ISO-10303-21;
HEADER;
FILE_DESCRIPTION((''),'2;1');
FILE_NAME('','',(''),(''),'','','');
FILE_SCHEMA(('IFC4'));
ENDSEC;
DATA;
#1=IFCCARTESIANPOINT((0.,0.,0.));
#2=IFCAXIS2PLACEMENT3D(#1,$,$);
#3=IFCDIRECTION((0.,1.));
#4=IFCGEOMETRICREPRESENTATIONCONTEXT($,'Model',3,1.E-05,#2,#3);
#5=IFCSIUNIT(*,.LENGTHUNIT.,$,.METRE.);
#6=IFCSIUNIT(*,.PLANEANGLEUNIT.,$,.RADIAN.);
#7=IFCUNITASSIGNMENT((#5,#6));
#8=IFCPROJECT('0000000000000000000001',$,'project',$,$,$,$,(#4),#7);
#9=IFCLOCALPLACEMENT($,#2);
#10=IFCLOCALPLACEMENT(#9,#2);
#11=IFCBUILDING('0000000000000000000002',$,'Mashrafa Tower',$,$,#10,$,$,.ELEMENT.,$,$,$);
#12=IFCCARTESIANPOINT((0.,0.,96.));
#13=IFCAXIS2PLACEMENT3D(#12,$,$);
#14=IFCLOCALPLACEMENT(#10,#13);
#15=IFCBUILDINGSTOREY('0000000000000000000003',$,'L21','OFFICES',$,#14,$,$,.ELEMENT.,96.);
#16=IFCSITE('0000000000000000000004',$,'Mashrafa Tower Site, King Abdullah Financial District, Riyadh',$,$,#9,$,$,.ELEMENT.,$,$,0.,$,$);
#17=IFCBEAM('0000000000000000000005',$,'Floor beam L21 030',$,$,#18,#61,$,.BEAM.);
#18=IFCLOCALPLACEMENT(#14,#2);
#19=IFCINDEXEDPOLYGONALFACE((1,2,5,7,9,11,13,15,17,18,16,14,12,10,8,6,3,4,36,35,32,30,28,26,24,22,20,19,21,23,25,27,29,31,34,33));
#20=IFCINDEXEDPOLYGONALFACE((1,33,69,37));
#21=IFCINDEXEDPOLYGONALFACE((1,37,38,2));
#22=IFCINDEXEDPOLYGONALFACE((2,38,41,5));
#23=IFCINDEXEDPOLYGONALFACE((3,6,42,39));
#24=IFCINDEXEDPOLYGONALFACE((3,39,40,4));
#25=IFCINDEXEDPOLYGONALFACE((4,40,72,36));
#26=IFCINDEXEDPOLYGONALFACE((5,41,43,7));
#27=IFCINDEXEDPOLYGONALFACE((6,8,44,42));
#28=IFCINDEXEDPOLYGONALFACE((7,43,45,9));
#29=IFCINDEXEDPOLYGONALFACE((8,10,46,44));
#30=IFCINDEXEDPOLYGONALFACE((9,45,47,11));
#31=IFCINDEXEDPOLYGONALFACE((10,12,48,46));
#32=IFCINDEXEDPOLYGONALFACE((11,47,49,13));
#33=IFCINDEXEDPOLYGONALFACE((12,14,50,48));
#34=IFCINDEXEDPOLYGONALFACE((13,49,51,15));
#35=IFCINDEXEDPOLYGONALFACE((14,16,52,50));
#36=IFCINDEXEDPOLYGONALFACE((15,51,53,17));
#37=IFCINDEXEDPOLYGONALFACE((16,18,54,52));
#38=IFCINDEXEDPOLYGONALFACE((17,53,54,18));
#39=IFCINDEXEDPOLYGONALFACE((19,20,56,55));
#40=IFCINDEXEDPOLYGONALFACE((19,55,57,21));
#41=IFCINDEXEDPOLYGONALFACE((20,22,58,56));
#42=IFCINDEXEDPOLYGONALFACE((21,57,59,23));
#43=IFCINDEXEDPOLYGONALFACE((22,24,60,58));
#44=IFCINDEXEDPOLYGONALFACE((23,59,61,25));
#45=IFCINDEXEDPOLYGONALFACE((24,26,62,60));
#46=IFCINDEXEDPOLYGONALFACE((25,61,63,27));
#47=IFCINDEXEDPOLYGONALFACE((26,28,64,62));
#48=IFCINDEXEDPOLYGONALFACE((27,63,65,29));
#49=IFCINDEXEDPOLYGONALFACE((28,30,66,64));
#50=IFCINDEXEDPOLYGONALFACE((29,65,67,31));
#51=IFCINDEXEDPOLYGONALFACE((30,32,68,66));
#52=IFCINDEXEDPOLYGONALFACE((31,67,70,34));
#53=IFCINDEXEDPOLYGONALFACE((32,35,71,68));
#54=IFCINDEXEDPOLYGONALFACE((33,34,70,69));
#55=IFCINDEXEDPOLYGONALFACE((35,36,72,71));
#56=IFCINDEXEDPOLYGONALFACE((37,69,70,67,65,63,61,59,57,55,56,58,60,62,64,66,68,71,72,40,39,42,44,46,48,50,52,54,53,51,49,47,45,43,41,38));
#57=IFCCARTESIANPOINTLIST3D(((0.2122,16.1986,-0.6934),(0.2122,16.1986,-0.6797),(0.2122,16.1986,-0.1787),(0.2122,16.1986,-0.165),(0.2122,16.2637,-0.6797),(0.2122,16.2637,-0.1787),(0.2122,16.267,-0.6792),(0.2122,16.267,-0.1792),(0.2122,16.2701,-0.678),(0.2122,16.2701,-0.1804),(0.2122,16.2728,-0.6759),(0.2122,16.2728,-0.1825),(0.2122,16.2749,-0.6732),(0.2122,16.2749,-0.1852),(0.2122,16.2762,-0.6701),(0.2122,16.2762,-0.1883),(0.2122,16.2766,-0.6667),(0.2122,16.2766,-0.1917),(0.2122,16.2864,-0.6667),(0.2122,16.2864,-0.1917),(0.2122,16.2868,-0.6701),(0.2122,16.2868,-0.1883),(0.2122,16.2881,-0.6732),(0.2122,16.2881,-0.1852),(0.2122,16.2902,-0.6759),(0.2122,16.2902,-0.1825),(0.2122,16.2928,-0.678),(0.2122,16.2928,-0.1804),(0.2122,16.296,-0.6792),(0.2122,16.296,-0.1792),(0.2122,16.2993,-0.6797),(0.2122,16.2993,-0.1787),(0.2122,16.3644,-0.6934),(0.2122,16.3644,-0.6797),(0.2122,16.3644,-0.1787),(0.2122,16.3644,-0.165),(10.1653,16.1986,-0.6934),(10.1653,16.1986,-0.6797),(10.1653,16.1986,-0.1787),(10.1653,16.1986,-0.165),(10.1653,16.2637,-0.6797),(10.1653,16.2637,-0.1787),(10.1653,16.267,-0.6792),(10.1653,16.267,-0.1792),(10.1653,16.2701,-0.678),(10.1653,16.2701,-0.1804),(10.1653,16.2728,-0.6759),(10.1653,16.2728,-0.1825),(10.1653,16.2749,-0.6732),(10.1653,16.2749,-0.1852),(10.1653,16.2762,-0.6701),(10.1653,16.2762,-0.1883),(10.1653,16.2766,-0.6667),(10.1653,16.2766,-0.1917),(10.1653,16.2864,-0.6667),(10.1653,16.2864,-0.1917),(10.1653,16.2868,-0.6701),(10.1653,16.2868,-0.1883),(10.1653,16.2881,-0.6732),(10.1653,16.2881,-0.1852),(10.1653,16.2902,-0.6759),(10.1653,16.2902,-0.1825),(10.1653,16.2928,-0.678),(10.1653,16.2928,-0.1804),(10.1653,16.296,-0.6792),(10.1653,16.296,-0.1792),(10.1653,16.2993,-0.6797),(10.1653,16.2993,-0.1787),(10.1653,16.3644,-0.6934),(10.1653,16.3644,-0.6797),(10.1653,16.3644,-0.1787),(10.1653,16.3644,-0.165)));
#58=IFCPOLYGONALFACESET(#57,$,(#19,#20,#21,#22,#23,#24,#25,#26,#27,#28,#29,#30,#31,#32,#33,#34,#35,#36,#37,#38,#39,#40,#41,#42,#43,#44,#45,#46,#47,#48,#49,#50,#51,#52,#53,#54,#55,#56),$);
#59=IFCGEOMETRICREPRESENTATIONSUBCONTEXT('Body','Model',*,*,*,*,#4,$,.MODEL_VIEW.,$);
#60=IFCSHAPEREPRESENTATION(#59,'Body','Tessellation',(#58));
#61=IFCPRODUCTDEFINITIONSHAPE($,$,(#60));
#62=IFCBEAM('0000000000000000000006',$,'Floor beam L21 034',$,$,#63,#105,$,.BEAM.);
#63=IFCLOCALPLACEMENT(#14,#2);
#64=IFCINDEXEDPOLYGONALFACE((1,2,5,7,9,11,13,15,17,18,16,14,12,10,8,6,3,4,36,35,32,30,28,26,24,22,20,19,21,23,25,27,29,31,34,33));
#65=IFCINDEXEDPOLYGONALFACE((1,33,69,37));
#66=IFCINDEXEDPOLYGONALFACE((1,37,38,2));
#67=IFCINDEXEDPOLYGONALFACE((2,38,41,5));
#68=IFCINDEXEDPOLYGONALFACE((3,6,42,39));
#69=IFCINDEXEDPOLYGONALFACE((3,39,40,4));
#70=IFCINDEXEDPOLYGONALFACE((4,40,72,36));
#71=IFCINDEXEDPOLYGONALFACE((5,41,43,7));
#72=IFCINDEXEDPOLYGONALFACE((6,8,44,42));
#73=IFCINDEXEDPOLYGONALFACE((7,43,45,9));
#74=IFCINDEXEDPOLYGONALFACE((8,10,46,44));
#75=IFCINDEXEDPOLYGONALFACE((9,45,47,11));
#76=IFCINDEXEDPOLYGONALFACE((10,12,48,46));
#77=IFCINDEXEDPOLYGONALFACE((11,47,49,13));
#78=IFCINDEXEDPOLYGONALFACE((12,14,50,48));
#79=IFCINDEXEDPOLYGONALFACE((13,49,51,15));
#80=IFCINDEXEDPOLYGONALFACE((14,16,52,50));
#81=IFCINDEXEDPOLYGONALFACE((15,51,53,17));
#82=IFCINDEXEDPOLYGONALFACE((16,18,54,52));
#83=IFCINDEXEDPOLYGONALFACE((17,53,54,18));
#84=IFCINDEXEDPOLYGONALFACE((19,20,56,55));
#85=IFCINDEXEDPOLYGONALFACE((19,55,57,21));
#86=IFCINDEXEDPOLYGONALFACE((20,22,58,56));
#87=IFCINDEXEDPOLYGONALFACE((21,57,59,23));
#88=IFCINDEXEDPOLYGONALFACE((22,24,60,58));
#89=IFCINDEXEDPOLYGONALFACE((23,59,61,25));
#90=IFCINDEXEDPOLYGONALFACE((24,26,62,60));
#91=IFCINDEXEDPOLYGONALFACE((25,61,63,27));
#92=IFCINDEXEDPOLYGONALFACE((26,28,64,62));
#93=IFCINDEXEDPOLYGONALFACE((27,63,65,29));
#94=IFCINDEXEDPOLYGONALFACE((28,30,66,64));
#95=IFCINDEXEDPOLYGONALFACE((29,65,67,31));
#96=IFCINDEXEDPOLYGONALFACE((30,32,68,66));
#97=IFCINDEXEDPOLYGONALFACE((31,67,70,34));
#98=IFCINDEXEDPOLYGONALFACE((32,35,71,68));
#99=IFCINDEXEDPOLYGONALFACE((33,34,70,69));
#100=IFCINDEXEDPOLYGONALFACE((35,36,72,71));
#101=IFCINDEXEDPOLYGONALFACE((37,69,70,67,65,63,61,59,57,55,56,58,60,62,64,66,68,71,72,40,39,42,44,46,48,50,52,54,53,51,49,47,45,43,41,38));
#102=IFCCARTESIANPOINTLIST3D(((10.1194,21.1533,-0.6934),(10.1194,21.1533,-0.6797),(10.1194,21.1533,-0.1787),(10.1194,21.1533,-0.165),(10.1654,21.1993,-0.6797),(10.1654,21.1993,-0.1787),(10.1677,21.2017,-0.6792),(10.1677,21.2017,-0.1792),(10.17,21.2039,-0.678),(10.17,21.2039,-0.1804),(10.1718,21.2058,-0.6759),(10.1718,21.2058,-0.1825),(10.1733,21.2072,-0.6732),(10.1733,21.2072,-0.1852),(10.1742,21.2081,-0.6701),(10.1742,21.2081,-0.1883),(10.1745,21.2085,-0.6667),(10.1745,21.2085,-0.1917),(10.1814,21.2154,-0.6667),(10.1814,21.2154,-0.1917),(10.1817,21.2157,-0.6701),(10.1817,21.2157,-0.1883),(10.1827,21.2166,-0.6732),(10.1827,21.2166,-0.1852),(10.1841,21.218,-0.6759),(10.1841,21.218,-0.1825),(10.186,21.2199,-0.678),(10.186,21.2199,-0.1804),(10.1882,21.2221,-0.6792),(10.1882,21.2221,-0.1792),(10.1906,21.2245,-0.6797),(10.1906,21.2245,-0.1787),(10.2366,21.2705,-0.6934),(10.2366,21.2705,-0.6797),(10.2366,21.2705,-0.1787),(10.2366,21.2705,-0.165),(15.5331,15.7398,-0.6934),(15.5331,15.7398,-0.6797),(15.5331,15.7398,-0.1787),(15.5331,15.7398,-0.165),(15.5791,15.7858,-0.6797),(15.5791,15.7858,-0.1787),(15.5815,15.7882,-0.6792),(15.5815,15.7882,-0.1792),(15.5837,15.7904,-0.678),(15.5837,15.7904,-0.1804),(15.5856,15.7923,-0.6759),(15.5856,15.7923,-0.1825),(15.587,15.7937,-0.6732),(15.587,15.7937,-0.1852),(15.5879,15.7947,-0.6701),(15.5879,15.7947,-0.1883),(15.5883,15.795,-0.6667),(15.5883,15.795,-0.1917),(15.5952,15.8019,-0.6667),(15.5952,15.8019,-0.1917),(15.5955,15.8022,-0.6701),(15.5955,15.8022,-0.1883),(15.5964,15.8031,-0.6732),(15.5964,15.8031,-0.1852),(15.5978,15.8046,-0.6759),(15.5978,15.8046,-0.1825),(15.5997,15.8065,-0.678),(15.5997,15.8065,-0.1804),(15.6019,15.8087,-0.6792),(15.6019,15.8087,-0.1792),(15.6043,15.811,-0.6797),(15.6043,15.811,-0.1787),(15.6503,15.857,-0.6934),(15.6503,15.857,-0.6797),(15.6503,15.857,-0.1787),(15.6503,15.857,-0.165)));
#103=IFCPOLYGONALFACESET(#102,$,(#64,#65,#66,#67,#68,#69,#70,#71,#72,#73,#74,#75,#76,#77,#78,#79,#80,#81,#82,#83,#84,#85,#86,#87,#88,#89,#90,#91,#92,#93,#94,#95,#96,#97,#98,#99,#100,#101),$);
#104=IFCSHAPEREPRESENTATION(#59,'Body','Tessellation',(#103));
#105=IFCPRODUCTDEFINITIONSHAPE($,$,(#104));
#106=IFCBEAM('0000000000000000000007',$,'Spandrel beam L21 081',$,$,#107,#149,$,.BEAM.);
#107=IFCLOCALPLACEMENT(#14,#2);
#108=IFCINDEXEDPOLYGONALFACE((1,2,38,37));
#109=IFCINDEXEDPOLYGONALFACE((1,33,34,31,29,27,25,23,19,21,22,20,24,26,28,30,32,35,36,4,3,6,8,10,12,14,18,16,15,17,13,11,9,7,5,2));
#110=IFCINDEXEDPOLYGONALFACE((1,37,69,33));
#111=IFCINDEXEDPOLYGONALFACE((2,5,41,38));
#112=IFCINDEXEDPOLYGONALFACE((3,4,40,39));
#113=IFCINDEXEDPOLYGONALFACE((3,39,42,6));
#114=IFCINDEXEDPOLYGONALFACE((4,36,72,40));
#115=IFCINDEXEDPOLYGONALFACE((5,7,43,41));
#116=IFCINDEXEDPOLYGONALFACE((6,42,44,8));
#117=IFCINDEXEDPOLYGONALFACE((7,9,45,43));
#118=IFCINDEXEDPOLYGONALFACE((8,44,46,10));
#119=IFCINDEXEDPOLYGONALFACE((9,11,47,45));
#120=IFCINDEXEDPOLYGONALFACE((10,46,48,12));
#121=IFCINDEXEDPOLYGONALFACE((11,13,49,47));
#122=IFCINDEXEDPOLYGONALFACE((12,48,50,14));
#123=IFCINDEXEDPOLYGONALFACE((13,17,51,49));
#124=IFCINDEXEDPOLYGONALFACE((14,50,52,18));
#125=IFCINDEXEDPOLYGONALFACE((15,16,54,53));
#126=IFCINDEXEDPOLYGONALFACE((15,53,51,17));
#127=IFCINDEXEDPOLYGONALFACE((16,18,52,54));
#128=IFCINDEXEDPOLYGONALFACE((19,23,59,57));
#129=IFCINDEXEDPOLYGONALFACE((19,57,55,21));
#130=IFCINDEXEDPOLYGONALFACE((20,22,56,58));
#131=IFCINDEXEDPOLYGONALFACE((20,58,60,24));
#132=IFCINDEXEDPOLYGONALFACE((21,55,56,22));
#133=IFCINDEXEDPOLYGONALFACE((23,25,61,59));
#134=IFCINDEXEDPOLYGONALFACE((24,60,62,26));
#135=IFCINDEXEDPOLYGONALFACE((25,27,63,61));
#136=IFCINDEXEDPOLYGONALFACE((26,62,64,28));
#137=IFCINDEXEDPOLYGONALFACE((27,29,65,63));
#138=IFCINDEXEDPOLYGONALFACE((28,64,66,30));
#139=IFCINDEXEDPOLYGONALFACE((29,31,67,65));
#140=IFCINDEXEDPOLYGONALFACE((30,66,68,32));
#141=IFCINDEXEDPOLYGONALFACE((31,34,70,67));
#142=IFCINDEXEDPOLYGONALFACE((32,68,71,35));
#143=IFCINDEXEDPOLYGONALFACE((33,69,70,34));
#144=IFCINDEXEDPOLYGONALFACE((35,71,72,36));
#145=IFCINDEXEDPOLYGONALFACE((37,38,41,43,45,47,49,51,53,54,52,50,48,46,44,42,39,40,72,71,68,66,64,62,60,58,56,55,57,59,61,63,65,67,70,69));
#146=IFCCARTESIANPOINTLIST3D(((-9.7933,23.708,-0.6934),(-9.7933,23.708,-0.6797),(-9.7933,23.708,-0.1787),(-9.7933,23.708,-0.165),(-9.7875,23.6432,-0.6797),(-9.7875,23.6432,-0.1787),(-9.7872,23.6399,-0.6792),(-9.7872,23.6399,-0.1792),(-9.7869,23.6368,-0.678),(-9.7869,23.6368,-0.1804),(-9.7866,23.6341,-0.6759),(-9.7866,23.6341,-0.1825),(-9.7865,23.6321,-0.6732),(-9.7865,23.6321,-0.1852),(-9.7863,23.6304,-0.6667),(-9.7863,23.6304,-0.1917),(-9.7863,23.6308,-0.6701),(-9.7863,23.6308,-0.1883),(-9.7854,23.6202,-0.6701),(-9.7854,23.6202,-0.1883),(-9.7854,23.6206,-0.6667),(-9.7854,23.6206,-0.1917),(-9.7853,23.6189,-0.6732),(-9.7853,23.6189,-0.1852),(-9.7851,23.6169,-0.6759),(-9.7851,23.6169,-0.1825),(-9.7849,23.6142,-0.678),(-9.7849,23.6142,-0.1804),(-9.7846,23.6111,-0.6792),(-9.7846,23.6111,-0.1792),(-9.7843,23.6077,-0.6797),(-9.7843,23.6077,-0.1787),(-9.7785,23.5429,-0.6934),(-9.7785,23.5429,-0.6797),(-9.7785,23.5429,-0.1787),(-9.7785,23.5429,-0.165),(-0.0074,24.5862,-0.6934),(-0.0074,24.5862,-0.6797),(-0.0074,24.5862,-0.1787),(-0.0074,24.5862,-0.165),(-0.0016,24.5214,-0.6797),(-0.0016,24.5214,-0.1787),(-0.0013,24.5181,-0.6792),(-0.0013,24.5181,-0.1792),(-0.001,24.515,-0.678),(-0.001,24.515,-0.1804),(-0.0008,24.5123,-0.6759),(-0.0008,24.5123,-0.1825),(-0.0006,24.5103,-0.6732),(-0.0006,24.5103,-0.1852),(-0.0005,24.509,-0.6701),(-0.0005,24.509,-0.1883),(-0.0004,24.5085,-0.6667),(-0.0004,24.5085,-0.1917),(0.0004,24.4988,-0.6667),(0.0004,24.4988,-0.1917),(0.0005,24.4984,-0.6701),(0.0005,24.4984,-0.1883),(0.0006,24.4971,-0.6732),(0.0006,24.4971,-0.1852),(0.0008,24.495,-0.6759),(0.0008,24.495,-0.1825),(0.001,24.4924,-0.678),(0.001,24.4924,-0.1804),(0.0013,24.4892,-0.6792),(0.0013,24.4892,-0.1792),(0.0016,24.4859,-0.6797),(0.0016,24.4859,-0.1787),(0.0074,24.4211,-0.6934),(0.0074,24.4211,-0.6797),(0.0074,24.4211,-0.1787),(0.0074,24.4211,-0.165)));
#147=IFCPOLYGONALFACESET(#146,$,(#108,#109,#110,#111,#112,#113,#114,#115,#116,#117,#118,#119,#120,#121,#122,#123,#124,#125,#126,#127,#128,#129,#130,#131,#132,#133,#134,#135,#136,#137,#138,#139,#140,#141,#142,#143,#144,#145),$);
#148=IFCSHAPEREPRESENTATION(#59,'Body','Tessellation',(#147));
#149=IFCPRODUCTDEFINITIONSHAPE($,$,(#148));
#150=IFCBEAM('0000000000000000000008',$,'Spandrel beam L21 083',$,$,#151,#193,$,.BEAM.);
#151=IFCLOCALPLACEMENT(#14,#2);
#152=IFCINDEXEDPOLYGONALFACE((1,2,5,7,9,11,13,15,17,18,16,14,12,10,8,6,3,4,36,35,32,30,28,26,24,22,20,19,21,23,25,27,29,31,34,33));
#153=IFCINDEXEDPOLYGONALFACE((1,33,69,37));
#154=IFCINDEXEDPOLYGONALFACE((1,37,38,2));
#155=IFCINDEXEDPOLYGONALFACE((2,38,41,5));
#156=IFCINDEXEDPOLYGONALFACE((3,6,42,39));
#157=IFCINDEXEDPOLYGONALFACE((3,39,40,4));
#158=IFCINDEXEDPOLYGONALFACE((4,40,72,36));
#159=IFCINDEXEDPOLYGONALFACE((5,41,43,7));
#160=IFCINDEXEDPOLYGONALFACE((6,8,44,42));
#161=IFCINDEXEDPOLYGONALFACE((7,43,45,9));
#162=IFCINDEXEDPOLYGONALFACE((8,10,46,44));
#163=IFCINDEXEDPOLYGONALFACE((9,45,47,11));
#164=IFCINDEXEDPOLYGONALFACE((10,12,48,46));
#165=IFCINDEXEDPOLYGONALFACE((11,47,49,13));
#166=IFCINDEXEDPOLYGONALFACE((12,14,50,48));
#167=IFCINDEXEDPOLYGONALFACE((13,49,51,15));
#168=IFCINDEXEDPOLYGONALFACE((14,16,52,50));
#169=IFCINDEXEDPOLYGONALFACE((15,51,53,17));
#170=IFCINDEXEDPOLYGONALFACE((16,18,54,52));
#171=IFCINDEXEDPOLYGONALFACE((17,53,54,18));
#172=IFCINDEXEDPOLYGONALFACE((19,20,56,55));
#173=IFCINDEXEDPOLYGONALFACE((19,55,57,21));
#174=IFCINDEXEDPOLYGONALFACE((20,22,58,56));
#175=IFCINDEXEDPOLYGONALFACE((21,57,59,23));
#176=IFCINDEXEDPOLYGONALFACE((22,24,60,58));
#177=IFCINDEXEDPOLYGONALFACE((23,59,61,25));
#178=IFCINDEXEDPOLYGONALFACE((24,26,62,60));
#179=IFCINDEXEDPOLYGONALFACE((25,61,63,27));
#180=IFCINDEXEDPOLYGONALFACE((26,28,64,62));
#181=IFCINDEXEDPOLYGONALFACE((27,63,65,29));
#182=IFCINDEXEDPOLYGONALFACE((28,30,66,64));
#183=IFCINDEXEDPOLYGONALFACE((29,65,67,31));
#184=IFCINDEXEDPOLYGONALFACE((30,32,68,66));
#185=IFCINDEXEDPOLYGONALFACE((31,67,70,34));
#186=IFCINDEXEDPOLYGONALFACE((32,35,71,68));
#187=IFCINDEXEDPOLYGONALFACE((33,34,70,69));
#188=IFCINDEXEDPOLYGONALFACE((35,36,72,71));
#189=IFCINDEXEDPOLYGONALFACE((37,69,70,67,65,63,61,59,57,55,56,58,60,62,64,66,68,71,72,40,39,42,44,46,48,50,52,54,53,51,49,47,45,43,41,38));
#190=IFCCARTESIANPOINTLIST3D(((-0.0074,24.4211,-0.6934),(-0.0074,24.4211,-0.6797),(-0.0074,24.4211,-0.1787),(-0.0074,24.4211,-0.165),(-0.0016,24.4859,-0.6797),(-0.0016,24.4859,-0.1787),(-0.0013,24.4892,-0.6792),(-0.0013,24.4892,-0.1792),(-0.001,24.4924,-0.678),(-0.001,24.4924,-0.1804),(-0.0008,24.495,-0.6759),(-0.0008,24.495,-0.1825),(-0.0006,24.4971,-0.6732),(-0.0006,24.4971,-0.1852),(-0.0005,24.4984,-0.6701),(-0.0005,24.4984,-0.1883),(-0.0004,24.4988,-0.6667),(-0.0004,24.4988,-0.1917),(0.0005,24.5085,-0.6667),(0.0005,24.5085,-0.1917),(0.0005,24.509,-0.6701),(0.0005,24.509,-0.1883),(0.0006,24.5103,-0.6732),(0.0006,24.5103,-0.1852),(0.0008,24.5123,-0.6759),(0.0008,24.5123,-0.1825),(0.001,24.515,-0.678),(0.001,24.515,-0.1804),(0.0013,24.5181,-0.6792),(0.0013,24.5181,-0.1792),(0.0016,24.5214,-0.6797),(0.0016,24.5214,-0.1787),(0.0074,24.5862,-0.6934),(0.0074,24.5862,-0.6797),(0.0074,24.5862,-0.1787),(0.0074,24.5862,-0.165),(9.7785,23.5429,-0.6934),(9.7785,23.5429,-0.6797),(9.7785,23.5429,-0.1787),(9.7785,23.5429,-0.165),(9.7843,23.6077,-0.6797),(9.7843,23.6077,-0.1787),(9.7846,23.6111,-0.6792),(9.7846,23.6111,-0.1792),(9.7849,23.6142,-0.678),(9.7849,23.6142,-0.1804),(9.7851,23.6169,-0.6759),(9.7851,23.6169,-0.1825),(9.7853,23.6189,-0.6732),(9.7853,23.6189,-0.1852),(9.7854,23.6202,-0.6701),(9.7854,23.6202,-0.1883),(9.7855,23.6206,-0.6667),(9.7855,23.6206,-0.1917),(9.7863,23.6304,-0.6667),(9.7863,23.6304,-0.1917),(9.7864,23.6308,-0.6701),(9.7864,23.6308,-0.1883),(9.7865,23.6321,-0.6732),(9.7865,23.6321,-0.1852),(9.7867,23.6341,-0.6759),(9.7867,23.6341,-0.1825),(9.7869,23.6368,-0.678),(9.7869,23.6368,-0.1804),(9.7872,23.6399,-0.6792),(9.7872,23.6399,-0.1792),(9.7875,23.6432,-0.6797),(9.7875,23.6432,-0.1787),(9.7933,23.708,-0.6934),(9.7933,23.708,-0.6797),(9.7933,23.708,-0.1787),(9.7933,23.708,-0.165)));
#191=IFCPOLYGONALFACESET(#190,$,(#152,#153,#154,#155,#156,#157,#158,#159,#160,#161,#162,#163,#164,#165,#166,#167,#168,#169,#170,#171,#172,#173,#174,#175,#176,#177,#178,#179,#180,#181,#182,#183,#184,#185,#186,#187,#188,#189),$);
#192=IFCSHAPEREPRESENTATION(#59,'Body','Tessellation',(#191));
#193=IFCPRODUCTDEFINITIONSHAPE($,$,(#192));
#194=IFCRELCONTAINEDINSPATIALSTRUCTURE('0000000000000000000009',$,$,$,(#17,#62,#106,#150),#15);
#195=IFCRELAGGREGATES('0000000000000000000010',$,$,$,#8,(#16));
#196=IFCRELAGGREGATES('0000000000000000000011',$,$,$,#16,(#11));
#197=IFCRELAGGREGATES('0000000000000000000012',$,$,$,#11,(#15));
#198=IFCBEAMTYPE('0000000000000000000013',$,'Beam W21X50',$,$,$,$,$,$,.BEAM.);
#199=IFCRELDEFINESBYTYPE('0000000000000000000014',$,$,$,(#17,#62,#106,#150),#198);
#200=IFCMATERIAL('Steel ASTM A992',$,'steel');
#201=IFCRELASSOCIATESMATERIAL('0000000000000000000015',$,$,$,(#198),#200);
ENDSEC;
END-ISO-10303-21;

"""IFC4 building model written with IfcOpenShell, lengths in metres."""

from ifc_helpers import new_model, si_unit, direction, frame, origin, origin_2d, place, context, subcontext, project, spatial, i_section, extrude, material, material_profile, profile_set, type_object, element, save


model = new_model("IFC4")

# Units and contexts
model_context = context("Model", 3, precision=1e-05, world=origin(), true_north=direction((0.0, 1.0)))
body_context = subcontext(model_context, "Body", "Model", "MODEL_VIEW")
ifc_project = project(units=[si_unit("LENGTHUNIT", "METRE"), si_unit("PLANEANGLEUNIT", "RADIAN")], contexts=[model_context])

# Site, building, storey
site_placement = place(None, origin())
site = spatial("IfcSite", under=ifc_project, at=site_placement, Name="Mashrafa Tower Site, King Abdullah Financial District, Riyadh", CompositionType="ELEMENT", RefElevation=0.0)
building_placement = place(site_placement, origin())
building = spatial("IfcBuilding", under=site, at=building_placement, Name="Mashrafa Tower", CompositionType="ELEMENT")
storey_placement = place(building_placement, frame((0.0, 0.0, 96.0)))
storey = spatial("IfcBuildingStorey", under=building, at=storey_placement, Name="L21", Description="OFFICES", CompositionType="ELEMENT", Elevation=96.0)

# Beams
ifc_material_1 = material(Name="Steel ASTM A992", Category="steel")
ifc_material_profile_1 = material_profile(ifc_material_1, i_section(OverallWidth=0.1658, OverallDepth=0.5283, WebThickness=0.0098, FlangeThickness=0.0137, FilletRadius=0.0129, at=origin_2d()), Name="W21X50")
ifc_profile_set_1 = profile_set([ifc_material_profile_1], Name="Steel ASTM A992")
beam_type_1 = type_object("IfcBeamType", Name="Beam W21X50", PredefinedType="BEAM", material=ifc_profile_set_1)
beam_1_placement = place(storey_placement, frame((0.2122, 16.2815, -0.4292), z_axis=(1.0, 0.0, 0.0), x_axis=(0.0, 1.0, 0.0)))
element("IfcBeam", 1, at=beam_1_placement, inside=storey, type_object=beam_type_1, Name="Floor beam L21 030", PredefinedType="BEAM", context=body_context, shape_type="SweptSolid", body=[
    extrude(i_section(OverallWidth=0.1658, OverallDepth=0.5283, WebThickness=0.0098, FlangeThickness=0.0137, FilletRadius=0.0129, at=origin_2d()), origin(), (0.0, 0.0, 1.0), 9.9531),
])
beam_2_placement = place(storey_placement, frame((10.178, 21.2119, -0.4292), z_axis=(0.707123, -0.707091, 0.0), x_axis=(0.707091, 0.707123, 0.0)))
element("IfcBeam", 2, at=beam_2_placement, inside=storey, type_object=beam_type_1, Name="Floor beam L21 034", PredefinedType="BEAM", context=body_context, shape_type="SweptSolid", body=[
    extrude(i_section(OverallWidth=0.1658, OverallDepth=0.5283, WebThickness=0.0098, FlangeThickness=0.0137, FilletRadius=0.0129, at=origin_2d()), origin(), (0.0, 0.0, 1.0), 7.656),
])
for number, where, z_axis, x_axis, name in (
    (3, (0.0, 24.5037, -0.4292), (-0.995998, -0.08938, 0.0), (0.08938, -0.995998, 0.0), "Spandrel beam L21 081"),
    (4, (9.7859, 23.6255, -0.4292), (-0.995998, 0.08938, 0.0), (-0.08938, -0.995998, 0.0), "Spandrel beam L21 083"),
):
    element("IfcBeam", number, at=place(storey_placement, frame(where, z_axis=z_axis, x_axis=x_axis)), inside=storey, type_object=beam_type_1, Name=name, PredefinedType="BEAM", context=body_context, shape_type="SweptSolid", body=[
        extrude(i_section(OverallWidth=0.1658, OverallDepth=0.5283, WebThickness=0.0098, FlangeThickness=0.0137, FilletRadius=0.0129, at=origin_2d()), origin(), (0.0, 0.0, 1.0), 9.8252),
    ])

save(model, "model.ifc")
